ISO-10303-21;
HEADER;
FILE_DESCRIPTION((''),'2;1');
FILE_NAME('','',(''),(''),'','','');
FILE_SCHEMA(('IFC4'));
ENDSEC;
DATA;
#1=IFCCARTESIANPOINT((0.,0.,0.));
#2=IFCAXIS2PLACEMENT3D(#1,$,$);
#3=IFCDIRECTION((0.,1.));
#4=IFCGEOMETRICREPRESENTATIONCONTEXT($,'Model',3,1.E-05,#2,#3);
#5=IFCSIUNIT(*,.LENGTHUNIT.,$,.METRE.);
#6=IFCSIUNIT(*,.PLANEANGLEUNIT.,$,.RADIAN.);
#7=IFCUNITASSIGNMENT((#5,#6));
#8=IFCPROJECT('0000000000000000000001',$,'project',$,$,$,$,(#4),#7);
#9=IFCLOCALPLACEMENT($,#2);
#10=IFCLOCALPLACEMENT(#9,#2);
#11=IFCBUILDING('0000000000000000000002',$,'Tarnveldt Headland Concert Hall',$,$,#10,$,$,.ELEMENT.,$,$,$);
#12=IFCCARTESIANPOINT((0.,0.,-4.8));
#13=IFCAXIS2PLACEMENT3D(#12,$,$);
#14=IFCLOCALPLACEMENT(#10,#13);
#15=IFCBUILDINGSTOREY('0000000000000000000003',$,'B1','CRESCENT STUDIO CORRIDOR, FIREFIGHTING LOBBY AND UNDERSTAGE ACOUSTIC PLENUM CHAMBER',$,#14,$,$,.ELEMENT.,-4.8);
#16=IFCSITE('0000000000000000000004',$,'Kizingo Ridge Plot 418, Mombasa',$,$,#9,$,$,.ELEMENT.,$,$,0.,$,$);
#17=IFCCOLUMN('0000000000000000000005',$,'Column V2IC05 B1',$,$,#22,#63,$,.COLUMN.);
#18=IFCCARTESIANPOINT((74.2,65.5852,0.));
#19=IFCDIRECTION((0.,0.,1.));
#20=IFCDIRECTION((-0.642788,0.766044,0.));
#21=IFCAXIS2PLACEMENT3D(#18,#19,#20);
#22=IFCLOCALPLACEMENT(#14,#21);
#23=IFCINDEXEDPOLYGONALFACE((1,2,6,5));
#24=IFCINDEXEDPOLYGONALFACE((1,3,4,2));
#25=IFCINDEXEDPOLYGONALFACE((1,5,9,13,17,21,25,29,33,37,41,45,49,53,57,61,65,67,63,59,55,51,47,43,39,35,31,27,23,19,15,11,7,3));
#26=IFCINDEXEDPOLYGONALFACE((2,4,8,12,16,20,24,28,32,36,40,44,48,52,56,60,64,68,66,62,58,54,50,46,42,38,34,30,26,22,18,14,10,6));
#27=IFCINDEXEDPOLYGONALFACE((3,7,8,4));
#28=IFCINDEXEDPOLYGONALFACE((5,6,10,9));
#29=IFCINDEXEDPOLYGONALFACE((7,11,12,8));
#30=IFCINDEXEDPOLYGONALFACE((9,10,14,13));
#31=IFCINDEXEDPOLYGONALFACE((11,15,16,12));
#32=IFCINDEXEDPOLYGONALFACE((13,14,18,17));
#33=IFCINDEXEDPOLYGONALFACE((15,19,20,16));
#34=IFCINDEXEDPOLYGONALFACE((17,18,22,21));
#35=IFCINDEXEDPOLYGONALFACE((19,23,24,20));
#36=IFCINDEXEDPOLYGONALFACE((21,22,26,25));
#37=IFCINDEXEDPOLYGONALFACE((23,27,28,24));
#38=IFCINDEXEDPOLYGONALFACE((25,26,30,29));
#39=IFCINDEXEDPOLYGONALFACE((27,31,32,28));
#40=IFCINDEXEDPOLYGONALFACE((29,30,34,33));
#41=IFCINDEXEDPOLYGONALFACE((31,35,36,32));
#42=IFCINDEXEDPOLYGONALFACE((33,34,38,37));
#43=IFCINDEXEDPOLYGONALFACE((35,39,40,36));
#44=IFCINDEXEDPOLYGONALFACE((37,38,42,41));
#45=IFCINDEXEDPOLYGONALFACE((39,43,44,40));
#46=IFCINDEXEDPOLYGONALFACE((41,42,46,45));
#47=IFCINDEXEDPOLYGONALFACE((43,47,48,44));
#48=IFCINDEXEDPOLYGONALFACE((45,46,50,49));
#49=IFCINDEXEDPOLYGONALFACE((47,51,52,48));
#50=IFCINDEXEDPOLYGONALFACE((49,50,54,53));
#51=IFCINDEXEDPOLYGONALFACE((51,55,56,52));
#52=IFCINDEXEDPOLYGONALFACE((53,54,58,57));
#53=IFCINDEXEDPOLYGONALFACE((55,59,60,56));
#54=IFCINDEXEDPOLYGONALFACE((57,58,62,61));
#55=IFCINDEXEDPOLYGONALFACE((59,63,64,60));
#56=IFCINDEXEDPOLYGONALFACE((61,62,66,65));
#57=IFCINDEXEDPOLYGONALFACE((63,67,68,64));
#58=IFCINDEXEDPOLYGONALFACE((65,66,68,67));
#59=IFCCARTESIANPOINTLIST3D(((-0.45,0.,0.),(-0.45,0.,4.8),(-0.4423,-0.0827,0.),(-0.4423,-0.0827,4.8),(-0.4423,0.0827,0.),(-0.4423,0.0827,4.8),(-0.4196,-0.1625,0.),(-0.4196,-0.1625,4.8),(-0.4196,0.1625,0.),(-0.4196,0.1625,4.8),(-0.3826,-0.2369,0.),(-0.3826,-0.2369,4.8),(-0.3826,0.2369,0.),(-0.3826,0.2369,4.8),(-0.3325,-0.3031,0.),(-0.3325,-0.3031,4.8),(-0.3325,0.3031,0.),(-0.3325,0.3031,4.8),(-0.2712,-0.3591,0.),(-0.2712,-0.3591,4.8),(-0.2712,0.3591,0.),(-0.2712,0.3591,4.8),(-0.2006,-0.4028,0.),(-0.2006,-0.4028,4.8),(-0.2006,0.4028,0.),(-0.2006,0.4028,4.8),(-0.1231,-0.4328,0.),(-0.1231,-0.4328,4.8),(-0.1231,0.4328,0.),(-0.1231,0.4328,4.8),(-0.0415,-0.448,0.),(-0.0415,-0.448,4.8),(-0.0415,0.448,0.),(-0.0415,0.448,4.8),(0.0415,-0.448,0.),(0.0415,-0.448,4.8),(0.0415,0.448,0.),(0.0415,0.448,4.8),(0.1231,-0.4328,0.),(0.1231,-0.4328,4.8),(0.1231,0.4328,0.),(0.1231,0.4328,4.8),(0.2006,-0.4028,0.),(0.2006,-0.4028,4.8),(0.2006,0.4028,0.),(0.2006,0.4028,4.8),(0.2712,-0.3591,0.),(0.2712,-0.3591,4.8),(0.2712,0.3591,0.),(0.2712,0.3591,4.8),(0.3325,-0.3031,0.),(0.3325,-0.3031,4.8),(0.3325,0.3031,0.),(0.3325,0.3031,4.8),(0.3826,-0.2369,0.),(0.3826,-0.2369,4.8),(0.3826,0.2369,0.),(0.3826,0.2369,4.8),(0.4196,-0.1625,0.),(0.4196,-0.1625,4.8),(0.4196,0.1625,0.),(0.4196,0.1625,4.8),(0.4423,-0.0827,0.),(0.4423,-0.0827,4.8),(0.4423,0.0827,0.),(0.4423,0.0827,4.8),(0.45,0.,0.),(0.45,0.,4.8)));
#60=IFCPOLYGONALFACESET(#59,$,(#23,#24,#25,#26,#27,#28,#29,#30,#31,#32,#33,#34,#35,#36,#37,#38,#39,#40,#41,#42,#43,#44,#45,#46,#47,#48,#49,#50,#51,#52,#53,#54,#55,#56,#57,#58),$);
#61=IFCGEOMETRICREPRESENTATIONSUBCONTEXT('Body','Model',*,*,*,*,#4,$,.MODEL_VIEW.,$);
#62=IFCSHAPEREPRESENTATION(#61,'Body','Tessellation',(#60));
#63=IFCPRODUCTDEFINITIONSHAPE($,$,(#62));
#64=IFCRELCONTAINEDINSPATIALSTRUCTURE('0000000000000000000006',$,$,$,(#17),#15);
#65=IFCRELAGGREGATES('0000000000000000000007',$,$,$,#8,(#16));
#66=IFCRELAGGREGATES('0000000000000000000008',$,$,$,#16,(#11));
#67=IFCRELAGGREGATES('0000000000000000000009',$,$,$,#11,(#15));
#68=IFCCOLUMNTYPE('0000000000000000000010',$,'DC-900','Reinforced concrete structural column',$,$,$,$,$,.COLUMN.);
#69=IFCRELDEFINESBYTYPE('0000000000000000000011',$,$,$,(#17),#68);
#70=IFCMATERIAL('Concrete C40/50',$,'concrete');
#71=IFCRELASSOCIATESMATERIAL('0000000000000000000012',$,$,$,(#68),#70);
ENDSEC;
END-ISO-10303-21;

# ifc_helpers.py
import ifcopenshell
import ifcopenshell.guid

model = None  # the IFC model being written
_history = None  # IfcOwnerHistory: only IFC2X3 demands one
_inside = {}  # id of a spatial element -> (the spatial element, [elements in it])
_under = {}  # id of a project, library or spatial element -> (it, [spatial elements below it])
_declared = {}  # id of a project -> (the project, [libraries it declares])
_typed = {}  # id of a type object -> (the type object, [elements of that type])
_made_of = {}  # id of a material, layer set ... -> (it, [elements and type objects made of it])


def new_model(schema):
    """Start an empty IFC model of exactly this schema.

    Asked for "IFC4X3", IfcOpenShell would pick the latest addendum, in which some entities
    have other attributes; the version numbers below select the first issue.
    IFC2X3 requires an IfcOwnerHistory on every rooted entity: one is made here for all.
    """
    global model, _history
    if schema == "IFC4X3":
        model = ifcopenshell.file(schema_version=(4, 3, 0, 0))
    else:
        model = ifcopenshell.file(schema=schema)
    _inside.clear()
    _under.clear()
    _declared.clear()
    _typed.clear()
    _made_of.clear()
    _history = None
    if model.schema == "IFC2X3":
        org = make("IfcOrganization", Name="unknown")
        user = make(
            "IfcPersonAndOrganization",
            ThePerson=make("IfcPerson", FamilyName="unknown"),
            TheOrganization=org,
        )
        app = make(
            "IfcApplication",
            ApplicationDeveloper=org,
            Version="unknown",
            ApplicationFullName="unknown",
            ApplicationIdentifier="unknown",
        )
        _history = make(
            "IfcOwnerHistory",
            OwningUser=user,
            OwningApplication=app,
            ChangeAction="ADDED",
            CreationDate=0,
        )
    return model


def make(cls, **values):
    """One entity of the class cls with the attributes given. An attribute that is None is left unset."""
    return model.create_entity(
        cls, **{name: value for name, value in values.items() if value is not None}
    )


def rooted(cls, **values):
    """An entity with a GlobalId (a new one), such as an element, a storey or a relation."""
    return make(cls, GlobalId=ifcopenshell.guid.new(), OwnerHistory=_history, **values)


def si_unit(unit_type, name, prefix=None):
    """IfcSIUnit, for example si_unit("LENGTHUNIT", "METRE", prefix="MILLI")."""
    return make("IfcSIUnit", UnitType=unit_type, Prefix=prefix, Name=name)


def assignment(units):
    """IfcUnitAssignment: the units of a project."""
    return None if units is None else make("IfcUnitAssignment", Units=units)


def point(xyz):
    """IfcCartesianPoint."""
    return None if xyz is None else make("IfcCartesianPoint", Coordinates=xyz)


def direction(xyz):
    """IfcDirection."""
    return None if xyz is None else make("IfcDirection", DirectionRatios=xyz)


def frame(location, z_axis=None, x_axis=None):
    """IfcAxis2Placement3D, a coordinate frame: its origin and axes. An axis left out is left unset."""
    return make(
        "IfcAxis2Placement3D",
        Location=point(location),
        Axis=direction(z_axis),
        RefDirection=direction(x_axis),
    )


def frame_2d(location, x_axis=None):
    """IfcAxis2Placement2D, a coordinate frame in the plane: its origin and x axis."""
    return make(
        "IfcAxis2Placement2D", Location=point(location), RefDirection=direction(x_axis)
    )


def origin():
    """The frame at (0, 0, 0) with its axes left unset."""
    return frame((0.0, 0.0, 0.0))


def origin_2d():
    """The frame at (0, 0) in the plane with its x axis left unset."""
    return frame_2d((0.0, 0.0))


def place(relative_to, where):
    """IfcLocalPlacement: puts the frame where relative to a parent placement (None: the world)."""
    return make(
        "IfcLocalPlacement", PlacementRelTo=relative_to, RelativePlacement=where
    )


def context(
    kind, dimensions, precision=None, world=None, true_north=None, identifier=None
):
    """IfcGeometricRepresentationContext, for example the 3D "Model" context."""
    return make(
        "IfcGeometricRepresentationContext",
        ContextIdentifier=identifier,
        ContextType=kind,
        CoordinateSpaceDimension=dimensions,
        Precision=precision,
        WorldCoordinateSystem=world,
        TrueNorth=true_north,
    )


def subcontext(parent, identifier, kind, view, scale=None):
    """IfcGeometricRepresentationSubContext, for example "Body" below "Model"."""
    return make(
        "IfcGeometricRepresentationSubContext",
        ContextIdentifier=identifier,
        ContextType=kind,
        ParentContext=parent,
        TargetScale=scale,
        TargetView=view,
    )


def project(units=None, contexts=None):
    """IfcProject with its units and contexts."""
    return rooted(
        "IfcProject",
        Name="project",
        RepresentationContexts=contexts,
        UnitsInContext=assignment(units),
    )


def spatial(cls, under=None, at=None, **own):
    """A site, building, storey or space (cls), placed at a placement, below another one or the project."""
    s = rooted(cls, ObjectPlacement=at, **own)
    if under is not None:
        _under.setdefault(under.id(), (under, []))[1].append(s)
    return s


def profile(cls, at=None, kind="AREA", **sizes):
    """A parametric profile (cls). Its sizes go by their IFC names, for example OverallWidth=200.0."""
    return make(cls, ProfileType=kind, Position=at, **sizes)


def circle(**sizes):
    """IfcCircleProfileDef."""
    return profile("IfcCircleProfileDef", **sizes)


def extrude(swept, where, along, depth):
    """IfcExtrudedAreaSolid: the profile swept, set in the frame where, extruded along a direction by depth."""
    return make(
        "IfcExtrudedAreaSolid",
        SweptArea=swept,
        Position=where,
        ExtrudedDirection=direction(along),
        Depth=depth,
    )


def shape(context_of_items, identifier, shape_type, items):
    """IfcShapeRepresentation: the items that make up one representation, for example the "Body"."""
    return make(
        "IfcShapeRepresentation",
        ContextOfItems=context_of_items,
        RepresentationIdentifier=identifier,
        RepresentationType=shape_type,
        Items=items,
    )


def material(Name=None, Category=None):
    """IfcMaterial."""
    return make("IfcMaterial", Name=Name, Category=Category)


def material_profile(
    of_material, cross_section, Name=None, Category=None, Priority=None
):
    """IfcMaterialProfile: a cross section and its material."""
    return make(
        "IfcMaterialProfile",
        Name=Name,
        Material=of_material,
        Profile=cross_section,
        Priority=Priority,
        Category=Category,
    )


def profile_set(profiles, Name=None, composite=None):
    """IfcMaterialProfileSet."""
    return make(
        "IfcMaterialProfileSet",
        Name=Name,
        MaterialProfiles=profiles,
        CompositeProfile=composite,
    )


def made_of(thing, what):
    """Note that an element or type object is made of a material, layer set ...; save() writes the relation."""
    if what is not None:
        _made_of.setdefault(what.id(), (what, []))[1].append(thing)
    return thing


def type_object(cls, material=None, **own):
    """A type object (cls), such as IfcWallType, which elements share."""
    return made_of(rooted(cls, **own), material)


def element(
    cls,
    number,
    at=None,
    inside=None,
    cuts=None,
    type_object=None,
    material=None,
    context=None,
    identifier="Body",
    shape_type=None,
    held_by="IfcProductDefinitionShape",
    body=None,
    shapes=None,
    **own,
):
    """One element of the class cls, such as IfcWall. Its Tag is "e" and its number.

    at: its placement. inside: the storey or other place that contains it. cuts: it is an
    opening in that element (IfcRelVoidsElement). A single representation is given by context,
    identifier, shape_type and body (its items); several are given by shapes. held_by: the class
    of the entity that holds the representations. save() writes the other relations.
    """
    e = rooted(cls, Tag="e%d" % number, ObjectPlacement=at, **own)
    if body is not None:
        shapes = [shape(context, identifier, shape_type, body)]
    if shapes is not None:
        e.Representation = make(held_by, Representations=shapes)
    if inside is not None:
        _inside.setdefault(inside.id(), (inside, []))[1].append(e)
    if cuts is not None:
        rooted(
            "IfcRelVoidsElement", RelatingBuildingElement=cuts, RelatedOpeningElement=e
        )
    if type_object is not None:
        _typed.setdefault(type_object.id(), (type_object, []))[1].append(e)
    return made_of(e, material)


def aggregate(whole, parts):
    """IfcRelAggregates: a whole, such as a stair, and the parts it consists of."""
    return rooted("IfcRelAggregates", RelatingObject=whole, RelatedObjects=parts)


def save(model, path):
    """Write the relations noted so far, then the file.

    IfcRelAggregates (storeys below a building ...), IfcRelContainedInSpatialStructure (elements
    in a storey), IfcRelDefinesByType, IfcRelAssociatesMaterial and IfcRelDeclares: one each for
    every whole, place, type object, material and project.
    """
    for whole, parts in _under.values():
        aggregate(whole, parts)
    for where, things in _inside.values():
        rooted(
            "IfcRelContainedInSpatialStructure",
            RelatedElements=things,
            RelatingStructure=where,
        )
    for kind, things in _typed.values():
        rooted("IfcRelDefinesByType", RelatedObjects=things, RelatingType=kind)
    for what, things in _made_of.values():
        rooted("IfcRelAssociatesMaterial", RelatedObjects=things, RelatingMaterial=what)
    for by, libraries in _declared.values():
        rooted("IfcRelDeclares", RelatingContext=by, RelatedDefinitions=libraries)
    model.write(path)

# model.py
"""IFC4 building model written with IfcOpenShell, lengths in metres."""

from ifc_helpers import new_model, si_unit, direction, frame, origin, origin_2d, place, context, subcontext, project, spatial, circle, extrude, material, material_profile, profile_set, type_object, element, save


model = new_model("IFC4")

# Units and contexts
model_context = context("Model", 3, precision=1e-05, world=origin(), true_north=direction((0.0, 1.0)))
body_context = subcontext(model_context, "Body", "Model", "MODEL_VIEW")
ifc_project = project(units=[si_unit("LENGTHUNIT", "METRE"), si_unit("PLANEANGLEUNIT", "RADIAN")], contexts=[model_context])

# Site, building, storey
site_placement = place(None, origin())
site = spatial("IfcSite", under=ifc_project, at=site_placement, Name="Kizingo Ridge Plot 418, Mombasa", CompositionType="ELEMENT", RefElevation=0.0)
building_placement = place(site_placement, origin())
building = spatial("IfcBuilding", under=site, at=building_placement, Name="Tarnveldt Headland Concert Hall", CompositionType="ELEMENT")
storey_placement = place(building_placement, frame((0.0, 0.0, -4.8)))
storey = spatial("IfcBuildingStorey", under=building, at=storey_placement, Name="B1", Description="CRESCENT STUDIO CORRIDOR, FIREFIGHTING LOBBY AND UNDERSTAGE ACOUSTIC PLENUM CHAMBER", CompositionType="ELEMENT", Elevation=-4.8)

# Shared definitions
ifc_material_1 = material(Name="Concrete C40/50", Category="concrete")

# Column
ifc_material_profile_1 = material_profile(ifc_material_1, circle(Radius=0.45, at=origin_2d()), Name="RC D900", Category="concrete")
ifc_profile_set_1 = profile_set([ifc_material_profile_1], Name="Concrete C40/50")
column_type_1 = type_object("IfcColumnType", Name="DC-900", Description="Reinforced concrete structural column", PredefinedType="COLUMN", material=ifc_profile_set_1)
for number, where, z_axis, x_axis, name in (
    (1, (74.2, 65.5852, 0.0), (0.0, 0.0, 1.0), (-0.642788, 0.766044, 0.0), "Column V2IC05 B1"),
):
    element("IfcColumn", number, at=place(storey_placement, frame(where, z_axis=z_axis, x_axis=x_axis)), inside=storey, type_object=column_type_1, Name=name, PredefinedType="COLUMN", context=body_context, shape_type="SweptSolid", body=[
        extrude(circle(Radius=0.45, at=origin_2d()), origin(), (0.0, 0.0, 1.0), 4.8),
    ])

save(model, "model.ifc")
